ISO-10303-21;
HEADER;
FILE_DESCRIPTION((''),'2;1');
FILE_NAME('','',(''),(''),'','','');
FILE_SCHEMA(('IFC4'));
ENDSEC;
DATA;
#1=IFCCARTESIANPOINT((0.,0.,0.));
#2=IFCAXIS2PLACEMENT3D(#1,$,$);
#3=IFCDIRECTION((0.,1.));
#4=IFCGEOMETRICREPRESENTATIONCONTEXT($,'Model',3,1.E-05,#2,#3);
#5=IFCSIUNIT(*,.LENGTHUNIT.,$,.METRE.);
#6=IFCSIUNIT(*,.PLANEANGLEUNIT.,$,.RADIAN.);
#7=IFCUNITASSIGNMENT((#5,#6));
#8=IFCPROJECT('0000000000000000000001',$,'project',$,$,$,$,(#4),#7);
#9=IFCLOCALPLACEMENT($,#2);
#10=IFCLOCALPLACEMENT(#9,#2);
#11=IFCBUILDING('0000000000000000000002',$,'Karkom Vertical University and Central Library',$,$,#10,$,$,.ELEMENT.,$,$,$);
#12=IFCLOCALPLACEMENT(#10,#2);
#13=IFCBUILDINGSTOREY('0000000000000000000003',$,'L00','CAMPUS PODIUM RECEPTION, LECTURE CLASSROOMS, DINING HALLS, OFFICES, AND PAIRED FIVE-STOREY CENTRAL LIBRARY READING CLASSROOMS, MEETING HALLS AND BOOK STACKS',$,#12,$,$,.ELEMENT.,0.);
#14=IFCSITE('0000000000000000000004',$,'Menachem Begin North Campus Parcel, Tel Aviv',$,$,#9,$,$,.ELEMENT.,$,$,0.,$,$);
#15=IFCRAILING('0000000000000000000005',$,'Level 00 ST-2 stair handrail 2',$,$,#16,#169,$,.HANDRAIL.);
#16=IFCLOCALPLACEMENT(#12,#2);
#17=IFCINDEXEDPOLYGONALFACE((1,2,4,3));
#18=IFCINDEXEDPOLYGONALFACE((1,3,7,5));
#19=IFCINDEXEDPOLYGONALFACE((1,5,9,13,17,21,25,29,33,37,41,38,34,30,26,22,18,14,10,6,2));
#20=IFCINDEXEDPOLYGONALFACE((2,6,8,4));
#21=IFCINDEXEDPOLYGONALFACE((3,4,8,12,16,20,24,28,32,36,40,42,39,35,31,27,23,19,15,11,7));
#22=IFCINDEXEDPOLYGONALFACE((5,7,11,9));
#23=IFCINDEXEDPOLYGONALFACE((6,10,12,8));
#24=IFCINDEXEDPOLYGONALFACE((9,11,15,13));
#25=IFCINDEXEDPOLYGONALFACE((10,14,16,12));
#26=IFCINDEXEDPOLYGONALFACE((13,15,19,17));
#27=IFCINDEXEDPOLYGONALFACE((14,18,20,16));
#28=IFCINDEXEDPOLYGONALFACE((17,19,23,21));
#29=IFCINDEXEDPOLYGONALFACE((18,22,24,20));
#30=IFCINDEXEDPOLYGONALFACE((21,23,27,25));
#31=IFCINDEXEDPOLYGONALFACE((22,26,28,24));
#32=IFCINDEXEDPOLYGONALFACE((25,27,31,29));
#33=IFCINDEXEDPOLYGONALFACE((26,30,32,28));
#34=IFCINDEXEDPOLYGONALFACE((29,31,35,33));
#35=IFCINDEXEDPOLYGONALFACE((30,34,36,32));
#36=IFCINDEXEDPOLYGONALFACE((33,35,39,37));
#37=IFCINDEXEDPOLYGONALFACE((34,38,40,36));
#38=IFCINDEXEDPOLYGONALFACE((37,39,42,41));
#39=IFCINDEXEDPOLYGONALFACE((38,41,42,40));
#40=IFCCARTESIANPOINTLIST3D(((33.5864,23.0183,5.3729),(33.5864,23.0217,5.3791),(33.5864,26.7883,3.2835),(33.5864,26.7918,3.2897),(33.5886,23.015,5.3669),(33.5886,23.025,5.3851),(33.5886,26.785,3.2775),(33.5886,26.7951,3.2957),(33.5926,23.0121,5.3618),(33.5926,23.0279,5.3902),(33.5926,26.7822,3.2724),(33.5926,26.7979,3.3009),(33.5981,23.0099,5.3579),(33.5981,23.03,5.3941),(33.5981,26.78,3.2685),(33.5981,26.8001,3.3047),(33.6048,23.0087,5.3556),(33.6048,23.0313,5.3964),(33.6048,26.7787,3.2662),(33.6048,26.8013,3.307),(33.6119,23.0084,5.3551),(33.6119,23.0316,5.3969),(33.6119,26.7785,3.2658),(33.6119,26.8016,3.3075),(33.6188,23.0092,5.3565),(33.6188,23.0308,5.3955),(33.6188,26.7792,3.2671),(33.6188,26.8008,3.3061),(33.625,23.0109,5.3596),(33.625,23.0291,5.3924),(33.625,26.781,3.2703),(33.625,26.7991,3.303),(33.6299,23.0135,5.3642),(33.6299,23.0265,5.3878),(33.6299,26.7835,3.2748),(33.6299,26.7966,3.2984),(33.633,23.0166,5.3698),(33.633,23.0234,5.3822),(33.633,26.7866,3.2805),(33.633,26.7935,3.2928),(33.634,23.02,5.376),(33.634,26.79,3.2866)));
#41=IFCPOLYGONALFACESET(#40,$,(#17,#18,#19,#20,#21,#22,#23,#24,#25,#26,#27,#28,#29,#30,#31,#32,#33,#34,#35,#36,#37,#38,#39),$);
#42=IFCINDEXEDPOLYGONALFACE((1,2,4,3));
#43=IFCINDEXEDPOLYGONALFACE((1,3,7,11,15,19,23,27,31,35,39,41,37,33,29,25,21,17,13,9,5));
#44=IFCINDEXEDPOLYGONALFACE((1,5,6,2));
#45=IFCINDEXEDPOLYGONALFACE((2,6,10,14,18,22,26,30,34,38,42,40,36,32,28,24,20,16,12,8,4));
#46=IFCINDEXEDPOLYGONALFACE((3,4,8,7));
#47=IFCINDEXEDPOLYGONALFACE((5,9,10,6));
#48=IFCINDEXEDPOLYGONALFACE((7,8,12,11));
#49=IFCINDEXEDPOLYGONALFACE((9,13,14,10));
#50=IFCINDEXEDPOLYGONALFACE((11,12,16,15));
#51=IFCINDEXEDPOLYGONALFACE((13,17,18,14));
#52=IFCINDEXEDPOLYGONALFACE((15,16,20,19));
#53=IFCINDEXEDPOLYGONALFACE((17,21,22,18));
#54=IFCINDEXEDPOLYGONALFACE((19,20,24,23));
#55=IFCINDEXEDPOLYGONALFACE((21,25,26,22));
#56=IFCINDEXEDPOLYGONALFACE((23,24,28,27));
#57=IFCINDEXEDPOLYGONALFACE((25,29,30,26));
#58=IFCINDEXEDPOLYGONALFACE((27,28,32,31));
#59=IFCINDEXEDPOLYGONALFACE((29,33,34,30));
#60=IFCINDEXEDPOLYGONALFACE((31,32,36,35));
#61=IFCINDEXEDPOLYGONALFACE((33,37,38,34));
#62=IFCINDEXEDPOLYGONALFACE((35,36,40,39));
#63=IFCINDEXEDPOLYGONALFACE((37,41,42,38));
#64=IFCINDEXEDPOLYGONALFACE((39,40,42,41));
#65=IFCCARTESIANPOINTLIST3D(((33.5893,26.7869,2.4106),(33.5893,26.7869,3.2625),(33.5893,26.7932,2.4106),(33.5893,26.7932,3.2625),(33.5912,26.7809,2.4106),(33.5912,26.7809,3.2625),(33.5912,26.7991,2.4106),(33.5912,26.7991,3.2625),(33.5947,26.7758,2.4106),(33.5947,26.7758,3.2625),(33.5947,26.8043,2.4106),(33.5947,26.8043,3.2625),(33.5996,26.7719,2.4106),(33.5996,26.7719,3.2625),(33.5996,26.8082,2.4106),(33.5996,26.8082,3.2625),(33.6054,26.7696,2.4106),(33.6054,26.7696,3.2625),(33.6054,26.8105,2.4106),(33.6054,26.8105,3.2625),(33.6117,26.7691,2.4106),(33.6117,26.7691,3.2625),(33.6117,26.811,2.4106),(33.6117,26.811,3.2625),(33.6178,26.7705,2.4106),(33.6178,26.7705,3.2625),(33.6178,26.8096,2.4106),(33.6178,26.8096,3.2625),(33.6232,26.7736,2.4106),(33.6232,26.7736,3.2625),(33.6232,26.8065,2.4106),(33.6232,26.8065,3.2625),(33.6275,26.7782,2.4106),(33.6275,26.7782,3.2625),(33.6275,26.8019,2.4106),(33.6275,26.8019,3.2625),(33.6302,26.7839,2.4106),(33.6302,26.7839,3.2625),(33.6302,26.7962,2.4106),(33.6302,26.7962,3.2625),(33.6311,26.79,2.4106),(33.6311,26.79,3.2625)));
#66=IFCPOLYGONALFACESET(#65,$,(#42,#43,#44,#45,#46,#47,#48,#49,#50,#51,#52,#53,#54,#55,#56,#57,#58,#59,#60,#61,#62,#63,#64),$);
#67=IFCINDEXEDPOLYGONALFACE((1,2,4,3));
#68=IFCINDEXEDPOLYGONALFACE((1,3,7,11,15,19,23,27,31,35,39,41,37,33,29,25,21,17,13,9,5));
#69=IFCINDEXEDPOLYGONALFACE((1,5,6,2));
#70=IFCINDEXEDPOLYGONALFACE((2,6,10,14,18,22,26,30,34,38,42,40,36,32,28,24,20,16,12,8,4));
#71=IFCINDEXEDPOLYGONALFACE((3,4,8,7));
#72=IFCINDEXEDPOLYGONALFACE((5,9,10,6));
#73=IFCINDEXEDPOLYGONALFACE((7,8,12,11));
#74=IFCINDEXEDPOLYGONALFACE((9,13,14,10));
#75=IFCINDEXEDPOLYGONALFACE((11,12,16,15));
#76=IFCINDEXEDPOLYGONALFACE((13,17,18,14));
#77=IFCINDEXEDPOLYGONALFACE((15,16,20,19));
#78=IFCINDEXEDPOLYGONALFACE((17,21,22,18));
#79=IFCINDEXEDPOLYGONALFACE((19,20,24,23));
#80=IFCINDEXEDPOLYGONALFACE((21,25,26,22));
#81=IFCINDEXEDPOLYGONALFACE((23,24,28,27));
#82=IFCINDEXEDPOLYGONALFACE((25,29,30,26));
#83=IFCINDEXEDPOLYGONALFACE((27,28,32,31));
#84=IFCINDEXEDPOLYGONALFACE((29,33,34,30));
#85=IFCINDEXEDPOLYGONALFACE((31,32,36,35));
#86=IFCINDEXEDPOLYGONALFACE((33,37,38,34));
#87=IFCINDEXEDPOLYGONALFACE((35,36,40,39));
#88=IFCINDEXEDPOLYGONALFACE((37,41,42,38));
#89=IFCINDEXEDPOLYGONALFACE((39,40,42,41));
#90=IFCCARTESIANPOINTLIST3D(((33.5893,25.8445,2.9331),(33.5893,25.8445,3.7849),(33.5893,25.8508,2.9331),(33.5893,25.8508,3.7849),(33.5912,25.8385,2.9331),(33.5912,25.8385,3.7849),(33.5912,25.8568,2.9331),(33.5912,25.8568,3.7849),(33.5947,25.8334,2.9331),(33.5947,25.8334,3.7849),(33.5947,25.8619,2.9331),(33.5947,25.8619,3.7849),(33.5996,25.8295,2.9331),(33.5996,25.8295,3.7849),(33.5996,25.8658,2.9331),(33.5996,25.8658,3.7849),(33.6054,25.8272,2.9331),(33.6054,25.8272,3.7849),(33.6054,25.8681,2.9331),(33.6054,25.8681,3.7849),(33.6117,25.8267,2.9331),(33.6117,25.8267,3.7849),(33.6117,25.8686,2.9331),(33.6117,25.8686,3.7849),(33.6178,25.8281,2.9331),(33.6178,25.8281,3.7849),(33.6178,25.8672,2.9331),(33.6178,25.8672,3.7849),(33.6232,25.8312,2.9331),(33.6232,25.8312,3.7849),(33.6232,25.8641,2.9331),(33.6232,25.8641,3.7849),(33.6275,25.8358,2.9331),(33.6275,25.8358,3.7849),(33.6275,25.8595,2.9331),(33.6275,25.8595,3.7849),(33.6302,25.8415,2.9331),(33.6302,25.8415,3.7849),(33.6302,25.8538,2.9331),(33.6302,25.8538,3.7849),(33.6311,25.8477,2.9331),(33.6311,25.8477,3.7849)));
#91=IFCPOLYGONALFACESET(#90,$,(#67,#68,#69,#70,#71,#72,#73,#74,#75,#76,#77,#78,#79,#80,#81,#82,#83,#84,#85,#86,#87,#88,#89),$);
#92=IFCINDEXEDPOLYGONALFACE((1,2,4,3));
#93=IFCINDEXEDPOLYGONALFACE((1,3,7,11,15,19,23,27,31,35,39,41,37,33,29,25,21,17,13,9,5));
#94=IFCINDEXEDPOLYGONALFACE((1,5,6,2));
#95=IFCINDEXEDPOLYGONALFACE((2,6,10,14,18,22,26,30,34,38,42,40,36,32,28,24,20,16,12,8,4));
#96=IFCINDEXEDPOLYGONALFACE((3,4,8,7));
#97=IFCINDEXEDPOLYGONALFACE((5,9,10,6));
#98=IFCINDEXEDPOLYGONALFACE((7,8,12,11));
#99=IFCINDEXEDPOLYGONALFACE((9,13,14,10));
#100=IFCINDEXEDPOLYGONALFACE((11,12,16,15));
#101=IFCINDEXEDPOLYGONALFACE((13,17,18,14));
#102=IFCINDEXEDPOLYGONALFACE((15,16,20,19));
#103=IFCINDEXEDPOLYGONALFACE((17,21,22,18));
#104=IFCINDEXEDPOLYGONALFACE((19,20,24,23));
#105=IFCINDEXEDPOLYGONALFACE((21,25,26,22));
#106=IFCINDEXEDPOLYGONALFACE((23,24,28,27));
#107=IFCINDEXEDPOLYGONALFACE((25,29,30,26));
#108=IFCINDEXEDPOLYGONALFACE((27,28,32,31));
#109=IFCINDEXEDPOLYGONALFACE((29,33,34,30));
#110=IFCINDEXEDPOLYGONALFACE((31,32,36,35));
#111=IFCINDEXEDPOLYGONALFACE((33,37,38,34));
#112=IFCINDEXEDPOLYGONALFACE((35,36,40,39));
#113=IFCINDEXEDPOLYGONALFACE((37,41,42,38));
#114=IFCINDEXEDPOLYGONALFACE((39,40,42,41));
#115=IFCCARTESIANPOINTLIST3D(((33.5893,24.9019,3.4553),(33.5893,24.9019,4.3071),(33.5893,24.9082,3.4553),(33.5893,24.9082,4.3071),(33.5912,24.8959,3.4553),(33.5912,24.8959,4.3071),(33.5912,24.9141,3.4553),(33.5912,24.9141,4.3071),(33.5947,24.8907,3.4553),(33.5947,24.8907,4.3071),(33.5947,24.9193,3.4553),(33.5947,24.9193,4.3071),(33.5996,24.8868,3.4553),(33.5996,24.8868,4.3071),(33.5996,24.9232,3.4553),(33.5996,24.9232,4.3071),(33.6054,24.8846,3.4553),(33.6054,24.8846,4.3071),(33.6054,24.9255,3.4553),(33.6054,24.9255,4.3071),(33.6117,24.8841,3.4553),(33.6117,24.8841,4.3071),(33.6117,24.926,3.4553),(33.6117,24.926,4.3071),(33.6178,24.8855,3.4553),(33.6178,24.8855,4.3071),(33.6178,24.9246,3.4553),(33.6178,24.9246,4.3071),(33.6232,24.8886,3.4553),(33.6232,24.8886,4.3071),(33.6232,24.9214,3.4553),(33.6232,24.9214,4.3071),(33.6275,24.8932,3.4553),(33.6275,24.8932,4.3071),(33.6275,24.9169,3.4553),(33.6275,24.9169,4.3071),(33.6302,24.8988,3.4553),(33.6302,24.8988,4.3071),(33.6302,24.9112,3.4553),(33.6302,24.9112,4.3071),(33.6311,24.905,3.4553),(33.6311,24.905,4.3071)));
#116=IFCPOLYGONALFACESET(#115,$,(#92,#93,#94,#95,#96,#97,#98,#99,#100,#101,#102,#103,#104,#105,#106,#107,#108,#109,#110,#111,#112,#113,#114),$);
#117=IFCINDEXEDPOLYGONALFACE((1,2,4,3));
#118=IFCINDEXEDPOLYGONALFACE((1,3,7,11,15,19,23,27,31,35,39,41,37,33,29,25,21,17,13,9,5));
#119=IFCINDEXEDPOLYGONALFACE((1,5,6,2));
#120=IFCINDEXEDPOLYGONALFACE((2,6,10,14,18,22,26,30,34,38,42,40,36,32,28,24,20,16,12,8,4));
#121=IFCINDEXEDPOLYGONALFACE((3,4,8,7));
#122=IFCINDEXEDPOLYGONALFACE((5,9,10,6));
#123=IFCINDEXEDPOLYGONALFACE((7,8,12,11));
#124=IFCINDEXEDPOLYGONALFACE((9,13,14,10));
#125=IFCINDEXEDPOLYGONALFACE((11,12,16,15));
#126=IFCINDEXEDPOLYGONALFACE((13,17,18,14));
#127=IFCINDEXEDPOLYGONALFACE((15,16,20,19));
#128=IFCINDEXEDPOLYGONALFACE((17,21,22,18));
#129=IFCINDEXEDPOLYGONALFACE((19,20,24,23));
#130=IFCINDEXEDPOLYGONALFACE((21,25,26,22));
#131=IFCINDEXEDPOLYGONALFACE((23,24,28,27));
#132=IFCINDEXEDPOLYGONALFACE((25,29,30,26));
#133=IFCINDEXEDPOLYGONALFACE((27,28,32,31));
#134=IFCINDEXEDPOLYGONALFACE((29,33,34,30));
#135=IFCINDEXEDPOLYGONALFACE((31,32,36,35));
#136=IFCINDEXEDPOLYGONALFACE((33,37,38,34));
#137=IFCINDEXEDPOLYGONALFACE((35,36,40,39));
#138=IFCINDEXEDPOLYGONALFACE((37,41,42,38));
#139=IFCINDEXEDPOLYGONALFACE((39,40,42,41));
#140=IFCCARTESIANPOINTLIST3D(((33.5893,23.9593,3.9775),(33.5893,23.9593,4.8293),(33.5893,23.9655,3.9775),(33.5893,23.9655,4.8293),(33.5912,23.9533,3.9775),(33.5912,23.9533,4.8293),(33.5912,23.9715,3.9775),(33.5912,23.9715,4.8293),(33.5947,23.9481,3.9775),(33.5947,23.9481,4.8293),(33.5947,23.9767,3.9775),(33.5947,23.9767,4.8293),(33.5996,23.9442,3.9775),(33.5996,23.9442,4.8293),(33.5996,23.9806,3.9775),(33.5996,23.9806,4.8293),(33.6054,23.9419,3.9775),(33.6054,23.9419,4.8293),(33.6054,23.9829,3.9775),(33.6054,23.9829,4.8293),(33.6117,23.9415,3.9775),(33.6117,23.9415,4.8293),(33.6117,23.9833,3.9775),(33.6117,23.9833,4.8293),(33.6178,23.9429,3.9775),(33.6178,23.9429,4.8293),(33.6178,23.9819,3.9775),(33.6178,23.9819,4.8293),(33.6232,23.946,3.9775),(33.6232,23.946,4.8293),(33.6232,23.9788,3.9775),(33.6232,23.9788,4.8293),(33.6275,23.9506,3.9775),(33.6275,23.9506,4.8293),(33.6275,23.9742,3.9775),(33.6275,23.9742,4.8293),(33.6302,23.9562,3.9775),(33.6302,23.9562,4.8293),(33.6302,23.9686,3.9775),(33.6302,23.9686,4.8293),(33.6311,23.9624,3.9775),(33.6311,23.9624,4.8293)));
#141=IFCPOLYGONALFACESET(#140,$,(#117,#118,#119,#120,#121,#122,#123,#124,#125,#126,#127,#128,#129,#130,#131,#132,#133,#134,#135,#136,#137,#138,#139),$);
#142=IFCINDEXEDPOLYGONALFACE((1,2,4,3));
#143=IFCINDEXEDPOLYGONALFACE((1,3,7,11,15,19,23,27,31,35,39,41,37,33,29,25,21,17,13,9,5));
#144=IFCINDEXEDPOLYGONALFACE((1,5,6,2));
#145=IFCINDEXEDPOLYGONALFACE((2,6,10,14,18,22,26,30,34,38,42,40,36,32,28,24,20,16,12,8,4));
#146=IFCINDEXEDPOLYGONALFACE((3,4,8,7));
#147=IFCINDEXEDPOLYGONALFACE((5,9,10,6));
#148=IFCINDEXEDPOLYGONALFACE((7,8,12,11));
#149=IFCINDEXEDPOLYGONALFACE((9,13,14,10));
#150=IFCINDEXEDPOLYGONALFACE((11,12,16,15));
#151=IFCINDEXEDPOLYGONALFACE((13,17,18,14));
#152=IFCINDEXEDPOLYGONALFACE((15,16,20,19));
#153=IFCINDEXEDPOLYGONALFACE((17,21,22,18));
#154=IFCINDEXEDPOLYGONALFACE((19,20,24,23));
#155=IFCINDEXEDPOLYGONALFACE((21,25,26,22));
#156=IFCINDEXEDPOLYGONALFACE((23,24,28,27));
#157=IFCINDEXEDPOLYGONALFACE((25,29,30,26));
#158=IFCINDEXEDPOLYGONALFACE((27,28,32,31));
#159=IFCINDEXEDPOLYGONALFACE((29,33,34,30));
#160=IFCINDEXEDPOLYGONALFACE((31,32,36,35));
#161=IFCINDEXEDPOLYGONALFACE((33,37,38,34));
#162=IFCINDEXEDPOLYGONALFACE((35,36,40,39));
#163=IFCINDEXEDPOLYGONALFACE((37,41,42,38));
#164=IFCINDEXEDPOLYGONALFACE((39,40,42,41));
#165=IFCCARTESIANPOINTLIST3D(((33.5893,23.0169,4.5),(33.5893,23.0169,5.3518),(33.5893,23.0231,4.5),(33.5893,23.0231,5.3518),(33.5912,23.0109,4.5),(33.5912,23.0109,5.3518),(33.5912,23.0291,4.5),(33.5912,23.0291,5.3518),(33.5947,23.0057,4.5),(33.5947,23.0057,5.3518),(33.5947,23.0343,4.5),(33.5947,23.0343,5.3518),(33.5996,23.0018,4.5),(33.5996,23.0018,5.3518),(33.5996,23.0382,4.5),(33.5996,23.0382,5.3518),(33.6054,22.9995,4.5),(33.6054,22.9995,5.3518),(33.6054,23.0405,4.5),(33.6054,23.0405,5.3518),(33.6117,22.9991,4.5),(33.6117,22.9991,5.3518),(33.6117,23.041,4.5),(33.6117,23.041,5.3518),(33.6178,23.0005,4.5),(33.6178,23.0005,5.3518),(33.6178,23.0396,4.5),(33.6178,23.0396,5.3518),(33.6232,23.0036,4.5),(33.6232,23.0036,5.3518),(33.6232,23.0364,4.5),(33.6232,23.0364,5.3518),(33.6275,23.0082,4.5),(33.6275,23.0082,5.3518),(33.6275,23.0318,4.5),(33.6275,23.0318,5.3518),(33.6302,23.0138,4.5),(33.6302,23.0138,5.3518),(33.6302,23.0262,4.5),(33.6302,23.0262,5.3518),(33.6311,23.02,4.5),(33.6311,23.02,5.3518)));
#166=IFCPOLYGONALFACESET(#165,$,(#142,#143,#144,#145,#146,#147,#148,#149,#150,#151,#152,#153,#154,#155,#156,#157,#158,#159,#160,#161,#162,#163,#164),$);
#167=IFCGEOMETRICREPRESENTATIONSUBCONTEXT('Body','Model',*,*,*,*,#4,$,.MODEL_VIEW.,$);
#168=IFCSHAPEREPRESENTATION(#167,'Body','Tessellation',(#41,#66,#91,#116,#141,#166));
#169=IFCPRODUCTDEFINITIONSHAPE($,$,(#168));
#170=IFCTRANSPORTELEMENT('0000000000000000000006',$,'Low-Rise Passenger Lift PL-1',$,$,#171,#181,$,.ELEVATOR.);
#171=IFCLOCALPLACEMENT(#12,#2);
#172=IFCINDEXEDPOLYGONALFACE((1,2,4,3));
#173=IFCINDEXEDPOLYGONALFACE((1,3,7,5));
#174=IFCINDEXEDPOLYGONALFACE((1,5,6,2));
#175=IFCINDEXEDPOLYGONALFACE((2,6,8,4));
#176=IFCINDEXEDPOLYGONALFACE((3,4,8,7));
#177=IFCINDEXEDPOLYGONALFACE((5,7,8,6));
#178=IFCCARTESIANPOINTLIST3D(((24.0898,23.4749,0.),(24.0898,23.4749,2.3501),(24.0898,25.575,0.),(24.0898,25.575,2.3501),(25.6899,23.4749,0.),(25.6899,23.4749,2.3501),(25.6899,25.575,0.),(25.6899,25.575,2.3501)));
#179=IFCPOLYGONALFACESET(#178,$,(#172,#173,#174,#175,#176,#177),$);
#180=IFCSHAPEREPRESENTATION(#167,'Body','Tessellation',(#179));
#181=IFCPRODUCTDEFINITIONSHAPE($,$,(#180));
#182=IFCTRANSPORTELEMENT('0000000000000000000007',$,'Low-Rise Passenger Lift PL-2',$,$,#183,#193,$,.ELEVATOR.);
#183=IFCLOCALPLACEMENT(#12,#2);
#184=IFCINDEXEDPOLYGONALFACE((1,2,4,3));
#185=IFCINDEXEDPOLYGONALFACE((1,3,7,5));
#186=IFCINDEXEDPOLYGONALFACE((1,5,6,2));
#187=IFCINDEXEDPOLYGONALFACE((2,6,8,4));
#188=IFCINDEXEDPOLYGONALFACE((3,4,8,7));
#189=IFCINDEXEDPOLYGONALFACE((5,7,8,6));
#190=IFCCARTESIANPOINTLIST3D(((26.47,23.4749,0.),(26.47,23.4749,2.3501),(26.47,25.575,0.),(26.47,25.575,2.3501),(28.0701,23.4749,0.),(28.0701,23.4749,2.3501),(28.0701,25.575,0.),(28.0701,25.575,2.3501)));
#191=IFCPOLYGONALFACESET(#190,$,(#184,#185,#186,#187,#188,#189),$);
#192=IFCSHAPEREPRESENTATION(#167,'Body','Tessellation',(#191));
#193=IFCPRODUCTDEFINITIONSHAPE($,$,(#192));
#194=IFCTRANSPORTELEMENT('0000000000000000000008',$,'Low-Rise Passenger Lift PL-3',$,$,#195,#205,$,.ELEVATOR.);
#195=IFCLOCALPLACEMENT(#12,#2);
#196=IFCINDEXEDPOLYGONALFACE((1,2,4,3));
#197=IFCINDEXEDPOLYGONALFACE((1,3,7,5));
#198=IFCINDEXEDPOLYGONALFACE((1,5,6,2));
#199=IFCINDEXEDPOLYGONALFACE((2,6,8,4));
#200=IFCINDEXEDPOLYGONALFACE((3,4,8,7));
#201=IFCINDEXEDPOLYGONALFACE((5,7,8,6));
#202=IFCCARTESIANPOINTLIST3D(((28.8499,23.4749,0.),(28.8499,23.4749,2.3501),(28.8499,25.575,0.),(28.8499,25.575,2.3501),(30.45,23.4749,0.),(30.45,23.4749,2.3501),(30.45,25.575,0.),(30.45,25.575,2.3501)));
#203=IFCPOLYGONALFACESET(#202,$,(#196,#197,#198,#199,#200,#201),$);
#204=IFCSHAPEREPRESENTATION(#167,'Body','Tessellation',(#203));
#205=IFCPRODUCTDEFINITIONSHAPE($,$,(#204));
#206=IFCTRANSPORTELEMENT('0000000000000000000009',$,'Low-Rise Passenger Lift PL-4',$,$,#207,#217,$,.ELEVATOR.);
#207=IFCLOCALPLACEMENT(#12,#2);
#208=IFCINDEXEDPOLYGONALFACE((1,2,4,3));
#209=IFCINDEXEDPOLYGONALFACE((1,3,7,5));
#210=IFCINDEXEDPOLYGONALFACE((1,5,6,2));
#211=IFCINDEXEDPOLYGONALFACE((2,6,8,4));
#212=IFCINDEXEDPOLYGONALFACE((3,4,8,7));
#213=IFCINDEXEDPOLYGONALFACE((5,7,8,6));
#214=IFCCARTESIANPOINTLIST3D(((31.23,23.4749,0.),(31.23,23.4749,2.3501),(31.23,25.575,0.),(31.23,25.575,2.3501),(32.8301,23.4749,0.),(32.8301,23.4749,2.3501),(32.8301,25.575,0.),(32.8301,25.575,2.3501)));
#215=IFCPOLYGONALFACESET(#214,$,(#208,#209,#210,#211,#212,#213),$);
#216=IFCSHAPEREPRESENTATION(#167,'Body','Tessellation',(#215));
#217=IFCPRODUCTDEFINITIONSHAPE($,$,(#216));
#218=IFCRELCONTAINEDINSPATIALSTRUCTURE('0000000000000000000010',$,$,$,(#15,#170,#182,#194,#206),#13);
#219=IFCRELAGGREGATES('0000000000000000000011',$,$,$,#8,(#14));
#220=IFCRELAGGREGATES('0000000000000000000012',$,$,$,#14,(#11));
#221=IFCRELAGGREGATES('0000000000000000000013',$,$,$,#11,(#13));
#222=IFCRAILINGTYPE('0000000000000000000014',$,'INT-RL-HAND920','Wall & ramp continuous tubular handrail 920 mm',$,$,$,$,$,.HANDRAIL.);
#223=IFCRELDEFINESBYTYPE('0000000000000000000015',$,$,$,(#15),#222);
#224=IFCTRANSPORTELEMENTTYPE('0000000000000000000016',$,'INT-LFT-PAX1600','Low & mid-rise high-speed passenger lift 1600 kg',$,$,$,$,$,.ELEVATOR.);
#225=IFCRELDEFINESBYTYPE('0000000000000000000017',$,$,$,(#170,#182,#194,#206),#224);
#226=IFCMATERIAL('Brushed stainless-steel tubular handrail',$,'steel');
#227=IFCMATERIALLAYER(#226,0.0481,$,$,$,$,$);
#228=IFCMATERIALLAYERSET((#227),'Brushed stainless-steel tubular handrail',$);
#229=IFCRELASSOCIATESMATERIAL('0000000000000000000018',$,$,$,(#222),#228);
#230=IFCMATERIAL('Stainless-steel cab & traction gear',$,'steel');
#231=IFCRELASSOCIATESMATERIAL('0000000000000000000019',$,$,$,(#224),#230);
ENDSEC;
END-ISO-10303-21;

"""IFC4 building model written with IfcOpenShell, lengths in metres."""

from ifc_helpers import new_model, si_unit, direction, frame, origin, origin_with_axes, origin_2d, place, context, subcontext, project, spatial, rectangle, circle, extrude, source, transform, mapped, material, layer, layer_set, type_object, element, save


model = new_model("IFC4")

# Units and contexts
model_context = context("Model", 3, precision=1e-05, world=origin(), true_north=direction((0.0, 1.0)))
body_context = subcontext(model_context, "Body", "Model", "MODEL_VIEW")
ifc_project = project(units=[si_unit("LENGTHUNIT", "METRE"), si_unit("PLANEANGLEUNIT", "RADIAN")], contexts=[model_context])

# Site, building, storey
site_placement = place(None, origin())
site = spatial("IfcSite", under=ifc_project, at=site_placement, Name="Menachem Begin North Campus Parcel, Tel Aviv", CompositionType="ELEMENT", RefElevation=0.0)
building_placement = place(site_placement, origin())
building = spatial("IfcBuilding", under=site, at=building_placement, Name="Karkom Vertical University and Central Library", CompositionType="ELEMENT")
storey_placement = place(building_placement, origin())
storey = spatial("IfcBuildingStorey", under=building, at=storey_placement, Name="L00", Description="CAMPUS PODIUM RECEPTION, LECTURE CLASSROOMS, DINING HALLS, OFFICES, AND PAIRED FIVE-STOREY CENTRAL LIBRARY READING CLASSROOMS, MEETING HALLS AND BOOK STACKS", CompositionType="ELEMENT", Elevation=0.0)

# Railing
ifc_material_1 = material(Name="Brushed stainless-steel tubular handrail", Category="steel")
ifc_layer_1 = layer(ifc_material_1, 0.0481)
ifc_layer_set_1 = layer_set([ifc_layer_1], Name="Brushed stainless-steel tubular handrail")
railing_type_1 = type_object("IfcRailingType", Name="INT-RL-HAND920", Description="Wall & ramp continuous tubular handrail 920 mm", PredefinedType="HANDRAIL", material=ifc_layer_set_1)
railing_1_placement = place(storey_placement, frame((33.6101, 26.79, 2.4106)))
element("IfcRailing", 1, at=railing_1_placement, inside=storey, type_object=railing_type_1, Name="Level 00 ST-2 stair handrail 2", PredefinedType="HANDRAIL", context=body_context, shape_type="SweptSolid", body=[
    extrude(circle(Radius=0.0239, at=origin_2d()), frame((0.0, 0.0, 0.876), z_axis=(0.0, -0.874659, 0.484739), x_axis=(1.0, 0.0, 0.0)), (0.0, 0.0, 1.0), 4.3103),
    extrude(circle(Radius=0.021, at=origin_2d()), origin(), (0.0, 0.0, 1.0), 0.8518),
    extrude(circle(Radius=0.021, at=origin_2d()), frame((0.0, -0.9424, 0.5225)), (0.0, 0.0, 1.0), 0.8518),
    extrude(circle(Radius=0.021, at=origin_2d()), frame((0.0, -1.885, 1.0447)), (0.0, 0.0, 1.0), 0.8518),
    extrude(circle(Radius=0.021, at=origin_2d()), frame((0.0, -2.8276, 1.5669)), (0.0, 0.0, 1.0), 0.8518),
    extrude(circle(Radius=0.021, at=origin_2d()), frame((0.0, -3.77, 2.0894)), (0.0, 0.0, 1.0), 0.8518),
])

# Transport elements
ifc_material_2 = material(Name="Stainless-steel cab & traction gear", Category="steel")
transport_element_type = type_object("IfcTransportElementType", Name="INT-LFT-PAX1600", Description="Low & mid-rise high-speed passenger lift 1600 kg", PredefinedType="ELEVATOR", material=ifc_material_2)
shared_shape_1 = source(origin_with_axes(), body_context, "Body", "SweptSolid", [
    extrude(rectangle(XDim=1.6001, YDim=2.1001, at=origin_2d()), origin(), (0.0, 0.0, 1.0), 2.3501),
])
for number, where, z_axis, x_axis, name in (
    (2, (24.8899, 24.5249, 0.0), (0.0, 0.0, 1.0), (1.0, 0.0, 0.0), "Low-Rise Passenger Lift PL-1"),
    (3, (27.27, 24.5249, 0.0), (0.0, 0.0, 1.0), (1.0, 0.0, 0.0), "Low-Rise Passenger Lift PL-2"),
    (4, (29.6499, 24.5249, 0.0), (0.0, 0.0, 1.0), (1.0, 0.0, 0.0), "Low-Rise Passenger Lift PL-3"),
    (5, (32.03, 24.5249, 0.0), (0.0, 0.0, 1.0), (1.0, 0.0, 0.0), "Low-Rise Passenger Lift PL-4"),
):
    element("IfcTransportElement", number, at=place(storey_placement, frame(where, z_axis=z_axis, x_axis=x_axis)), inside=storey, type_object=transport_element_type, Name=name, PredefinedType="ELEVATOR", context=body_context, shape_type="MappedRepresentation", body=[
        mapped(shared_shape_1, transform((0.0, 0.0, 0.0), scale=1.0)),
    ])

save(model, "model.ifc")
